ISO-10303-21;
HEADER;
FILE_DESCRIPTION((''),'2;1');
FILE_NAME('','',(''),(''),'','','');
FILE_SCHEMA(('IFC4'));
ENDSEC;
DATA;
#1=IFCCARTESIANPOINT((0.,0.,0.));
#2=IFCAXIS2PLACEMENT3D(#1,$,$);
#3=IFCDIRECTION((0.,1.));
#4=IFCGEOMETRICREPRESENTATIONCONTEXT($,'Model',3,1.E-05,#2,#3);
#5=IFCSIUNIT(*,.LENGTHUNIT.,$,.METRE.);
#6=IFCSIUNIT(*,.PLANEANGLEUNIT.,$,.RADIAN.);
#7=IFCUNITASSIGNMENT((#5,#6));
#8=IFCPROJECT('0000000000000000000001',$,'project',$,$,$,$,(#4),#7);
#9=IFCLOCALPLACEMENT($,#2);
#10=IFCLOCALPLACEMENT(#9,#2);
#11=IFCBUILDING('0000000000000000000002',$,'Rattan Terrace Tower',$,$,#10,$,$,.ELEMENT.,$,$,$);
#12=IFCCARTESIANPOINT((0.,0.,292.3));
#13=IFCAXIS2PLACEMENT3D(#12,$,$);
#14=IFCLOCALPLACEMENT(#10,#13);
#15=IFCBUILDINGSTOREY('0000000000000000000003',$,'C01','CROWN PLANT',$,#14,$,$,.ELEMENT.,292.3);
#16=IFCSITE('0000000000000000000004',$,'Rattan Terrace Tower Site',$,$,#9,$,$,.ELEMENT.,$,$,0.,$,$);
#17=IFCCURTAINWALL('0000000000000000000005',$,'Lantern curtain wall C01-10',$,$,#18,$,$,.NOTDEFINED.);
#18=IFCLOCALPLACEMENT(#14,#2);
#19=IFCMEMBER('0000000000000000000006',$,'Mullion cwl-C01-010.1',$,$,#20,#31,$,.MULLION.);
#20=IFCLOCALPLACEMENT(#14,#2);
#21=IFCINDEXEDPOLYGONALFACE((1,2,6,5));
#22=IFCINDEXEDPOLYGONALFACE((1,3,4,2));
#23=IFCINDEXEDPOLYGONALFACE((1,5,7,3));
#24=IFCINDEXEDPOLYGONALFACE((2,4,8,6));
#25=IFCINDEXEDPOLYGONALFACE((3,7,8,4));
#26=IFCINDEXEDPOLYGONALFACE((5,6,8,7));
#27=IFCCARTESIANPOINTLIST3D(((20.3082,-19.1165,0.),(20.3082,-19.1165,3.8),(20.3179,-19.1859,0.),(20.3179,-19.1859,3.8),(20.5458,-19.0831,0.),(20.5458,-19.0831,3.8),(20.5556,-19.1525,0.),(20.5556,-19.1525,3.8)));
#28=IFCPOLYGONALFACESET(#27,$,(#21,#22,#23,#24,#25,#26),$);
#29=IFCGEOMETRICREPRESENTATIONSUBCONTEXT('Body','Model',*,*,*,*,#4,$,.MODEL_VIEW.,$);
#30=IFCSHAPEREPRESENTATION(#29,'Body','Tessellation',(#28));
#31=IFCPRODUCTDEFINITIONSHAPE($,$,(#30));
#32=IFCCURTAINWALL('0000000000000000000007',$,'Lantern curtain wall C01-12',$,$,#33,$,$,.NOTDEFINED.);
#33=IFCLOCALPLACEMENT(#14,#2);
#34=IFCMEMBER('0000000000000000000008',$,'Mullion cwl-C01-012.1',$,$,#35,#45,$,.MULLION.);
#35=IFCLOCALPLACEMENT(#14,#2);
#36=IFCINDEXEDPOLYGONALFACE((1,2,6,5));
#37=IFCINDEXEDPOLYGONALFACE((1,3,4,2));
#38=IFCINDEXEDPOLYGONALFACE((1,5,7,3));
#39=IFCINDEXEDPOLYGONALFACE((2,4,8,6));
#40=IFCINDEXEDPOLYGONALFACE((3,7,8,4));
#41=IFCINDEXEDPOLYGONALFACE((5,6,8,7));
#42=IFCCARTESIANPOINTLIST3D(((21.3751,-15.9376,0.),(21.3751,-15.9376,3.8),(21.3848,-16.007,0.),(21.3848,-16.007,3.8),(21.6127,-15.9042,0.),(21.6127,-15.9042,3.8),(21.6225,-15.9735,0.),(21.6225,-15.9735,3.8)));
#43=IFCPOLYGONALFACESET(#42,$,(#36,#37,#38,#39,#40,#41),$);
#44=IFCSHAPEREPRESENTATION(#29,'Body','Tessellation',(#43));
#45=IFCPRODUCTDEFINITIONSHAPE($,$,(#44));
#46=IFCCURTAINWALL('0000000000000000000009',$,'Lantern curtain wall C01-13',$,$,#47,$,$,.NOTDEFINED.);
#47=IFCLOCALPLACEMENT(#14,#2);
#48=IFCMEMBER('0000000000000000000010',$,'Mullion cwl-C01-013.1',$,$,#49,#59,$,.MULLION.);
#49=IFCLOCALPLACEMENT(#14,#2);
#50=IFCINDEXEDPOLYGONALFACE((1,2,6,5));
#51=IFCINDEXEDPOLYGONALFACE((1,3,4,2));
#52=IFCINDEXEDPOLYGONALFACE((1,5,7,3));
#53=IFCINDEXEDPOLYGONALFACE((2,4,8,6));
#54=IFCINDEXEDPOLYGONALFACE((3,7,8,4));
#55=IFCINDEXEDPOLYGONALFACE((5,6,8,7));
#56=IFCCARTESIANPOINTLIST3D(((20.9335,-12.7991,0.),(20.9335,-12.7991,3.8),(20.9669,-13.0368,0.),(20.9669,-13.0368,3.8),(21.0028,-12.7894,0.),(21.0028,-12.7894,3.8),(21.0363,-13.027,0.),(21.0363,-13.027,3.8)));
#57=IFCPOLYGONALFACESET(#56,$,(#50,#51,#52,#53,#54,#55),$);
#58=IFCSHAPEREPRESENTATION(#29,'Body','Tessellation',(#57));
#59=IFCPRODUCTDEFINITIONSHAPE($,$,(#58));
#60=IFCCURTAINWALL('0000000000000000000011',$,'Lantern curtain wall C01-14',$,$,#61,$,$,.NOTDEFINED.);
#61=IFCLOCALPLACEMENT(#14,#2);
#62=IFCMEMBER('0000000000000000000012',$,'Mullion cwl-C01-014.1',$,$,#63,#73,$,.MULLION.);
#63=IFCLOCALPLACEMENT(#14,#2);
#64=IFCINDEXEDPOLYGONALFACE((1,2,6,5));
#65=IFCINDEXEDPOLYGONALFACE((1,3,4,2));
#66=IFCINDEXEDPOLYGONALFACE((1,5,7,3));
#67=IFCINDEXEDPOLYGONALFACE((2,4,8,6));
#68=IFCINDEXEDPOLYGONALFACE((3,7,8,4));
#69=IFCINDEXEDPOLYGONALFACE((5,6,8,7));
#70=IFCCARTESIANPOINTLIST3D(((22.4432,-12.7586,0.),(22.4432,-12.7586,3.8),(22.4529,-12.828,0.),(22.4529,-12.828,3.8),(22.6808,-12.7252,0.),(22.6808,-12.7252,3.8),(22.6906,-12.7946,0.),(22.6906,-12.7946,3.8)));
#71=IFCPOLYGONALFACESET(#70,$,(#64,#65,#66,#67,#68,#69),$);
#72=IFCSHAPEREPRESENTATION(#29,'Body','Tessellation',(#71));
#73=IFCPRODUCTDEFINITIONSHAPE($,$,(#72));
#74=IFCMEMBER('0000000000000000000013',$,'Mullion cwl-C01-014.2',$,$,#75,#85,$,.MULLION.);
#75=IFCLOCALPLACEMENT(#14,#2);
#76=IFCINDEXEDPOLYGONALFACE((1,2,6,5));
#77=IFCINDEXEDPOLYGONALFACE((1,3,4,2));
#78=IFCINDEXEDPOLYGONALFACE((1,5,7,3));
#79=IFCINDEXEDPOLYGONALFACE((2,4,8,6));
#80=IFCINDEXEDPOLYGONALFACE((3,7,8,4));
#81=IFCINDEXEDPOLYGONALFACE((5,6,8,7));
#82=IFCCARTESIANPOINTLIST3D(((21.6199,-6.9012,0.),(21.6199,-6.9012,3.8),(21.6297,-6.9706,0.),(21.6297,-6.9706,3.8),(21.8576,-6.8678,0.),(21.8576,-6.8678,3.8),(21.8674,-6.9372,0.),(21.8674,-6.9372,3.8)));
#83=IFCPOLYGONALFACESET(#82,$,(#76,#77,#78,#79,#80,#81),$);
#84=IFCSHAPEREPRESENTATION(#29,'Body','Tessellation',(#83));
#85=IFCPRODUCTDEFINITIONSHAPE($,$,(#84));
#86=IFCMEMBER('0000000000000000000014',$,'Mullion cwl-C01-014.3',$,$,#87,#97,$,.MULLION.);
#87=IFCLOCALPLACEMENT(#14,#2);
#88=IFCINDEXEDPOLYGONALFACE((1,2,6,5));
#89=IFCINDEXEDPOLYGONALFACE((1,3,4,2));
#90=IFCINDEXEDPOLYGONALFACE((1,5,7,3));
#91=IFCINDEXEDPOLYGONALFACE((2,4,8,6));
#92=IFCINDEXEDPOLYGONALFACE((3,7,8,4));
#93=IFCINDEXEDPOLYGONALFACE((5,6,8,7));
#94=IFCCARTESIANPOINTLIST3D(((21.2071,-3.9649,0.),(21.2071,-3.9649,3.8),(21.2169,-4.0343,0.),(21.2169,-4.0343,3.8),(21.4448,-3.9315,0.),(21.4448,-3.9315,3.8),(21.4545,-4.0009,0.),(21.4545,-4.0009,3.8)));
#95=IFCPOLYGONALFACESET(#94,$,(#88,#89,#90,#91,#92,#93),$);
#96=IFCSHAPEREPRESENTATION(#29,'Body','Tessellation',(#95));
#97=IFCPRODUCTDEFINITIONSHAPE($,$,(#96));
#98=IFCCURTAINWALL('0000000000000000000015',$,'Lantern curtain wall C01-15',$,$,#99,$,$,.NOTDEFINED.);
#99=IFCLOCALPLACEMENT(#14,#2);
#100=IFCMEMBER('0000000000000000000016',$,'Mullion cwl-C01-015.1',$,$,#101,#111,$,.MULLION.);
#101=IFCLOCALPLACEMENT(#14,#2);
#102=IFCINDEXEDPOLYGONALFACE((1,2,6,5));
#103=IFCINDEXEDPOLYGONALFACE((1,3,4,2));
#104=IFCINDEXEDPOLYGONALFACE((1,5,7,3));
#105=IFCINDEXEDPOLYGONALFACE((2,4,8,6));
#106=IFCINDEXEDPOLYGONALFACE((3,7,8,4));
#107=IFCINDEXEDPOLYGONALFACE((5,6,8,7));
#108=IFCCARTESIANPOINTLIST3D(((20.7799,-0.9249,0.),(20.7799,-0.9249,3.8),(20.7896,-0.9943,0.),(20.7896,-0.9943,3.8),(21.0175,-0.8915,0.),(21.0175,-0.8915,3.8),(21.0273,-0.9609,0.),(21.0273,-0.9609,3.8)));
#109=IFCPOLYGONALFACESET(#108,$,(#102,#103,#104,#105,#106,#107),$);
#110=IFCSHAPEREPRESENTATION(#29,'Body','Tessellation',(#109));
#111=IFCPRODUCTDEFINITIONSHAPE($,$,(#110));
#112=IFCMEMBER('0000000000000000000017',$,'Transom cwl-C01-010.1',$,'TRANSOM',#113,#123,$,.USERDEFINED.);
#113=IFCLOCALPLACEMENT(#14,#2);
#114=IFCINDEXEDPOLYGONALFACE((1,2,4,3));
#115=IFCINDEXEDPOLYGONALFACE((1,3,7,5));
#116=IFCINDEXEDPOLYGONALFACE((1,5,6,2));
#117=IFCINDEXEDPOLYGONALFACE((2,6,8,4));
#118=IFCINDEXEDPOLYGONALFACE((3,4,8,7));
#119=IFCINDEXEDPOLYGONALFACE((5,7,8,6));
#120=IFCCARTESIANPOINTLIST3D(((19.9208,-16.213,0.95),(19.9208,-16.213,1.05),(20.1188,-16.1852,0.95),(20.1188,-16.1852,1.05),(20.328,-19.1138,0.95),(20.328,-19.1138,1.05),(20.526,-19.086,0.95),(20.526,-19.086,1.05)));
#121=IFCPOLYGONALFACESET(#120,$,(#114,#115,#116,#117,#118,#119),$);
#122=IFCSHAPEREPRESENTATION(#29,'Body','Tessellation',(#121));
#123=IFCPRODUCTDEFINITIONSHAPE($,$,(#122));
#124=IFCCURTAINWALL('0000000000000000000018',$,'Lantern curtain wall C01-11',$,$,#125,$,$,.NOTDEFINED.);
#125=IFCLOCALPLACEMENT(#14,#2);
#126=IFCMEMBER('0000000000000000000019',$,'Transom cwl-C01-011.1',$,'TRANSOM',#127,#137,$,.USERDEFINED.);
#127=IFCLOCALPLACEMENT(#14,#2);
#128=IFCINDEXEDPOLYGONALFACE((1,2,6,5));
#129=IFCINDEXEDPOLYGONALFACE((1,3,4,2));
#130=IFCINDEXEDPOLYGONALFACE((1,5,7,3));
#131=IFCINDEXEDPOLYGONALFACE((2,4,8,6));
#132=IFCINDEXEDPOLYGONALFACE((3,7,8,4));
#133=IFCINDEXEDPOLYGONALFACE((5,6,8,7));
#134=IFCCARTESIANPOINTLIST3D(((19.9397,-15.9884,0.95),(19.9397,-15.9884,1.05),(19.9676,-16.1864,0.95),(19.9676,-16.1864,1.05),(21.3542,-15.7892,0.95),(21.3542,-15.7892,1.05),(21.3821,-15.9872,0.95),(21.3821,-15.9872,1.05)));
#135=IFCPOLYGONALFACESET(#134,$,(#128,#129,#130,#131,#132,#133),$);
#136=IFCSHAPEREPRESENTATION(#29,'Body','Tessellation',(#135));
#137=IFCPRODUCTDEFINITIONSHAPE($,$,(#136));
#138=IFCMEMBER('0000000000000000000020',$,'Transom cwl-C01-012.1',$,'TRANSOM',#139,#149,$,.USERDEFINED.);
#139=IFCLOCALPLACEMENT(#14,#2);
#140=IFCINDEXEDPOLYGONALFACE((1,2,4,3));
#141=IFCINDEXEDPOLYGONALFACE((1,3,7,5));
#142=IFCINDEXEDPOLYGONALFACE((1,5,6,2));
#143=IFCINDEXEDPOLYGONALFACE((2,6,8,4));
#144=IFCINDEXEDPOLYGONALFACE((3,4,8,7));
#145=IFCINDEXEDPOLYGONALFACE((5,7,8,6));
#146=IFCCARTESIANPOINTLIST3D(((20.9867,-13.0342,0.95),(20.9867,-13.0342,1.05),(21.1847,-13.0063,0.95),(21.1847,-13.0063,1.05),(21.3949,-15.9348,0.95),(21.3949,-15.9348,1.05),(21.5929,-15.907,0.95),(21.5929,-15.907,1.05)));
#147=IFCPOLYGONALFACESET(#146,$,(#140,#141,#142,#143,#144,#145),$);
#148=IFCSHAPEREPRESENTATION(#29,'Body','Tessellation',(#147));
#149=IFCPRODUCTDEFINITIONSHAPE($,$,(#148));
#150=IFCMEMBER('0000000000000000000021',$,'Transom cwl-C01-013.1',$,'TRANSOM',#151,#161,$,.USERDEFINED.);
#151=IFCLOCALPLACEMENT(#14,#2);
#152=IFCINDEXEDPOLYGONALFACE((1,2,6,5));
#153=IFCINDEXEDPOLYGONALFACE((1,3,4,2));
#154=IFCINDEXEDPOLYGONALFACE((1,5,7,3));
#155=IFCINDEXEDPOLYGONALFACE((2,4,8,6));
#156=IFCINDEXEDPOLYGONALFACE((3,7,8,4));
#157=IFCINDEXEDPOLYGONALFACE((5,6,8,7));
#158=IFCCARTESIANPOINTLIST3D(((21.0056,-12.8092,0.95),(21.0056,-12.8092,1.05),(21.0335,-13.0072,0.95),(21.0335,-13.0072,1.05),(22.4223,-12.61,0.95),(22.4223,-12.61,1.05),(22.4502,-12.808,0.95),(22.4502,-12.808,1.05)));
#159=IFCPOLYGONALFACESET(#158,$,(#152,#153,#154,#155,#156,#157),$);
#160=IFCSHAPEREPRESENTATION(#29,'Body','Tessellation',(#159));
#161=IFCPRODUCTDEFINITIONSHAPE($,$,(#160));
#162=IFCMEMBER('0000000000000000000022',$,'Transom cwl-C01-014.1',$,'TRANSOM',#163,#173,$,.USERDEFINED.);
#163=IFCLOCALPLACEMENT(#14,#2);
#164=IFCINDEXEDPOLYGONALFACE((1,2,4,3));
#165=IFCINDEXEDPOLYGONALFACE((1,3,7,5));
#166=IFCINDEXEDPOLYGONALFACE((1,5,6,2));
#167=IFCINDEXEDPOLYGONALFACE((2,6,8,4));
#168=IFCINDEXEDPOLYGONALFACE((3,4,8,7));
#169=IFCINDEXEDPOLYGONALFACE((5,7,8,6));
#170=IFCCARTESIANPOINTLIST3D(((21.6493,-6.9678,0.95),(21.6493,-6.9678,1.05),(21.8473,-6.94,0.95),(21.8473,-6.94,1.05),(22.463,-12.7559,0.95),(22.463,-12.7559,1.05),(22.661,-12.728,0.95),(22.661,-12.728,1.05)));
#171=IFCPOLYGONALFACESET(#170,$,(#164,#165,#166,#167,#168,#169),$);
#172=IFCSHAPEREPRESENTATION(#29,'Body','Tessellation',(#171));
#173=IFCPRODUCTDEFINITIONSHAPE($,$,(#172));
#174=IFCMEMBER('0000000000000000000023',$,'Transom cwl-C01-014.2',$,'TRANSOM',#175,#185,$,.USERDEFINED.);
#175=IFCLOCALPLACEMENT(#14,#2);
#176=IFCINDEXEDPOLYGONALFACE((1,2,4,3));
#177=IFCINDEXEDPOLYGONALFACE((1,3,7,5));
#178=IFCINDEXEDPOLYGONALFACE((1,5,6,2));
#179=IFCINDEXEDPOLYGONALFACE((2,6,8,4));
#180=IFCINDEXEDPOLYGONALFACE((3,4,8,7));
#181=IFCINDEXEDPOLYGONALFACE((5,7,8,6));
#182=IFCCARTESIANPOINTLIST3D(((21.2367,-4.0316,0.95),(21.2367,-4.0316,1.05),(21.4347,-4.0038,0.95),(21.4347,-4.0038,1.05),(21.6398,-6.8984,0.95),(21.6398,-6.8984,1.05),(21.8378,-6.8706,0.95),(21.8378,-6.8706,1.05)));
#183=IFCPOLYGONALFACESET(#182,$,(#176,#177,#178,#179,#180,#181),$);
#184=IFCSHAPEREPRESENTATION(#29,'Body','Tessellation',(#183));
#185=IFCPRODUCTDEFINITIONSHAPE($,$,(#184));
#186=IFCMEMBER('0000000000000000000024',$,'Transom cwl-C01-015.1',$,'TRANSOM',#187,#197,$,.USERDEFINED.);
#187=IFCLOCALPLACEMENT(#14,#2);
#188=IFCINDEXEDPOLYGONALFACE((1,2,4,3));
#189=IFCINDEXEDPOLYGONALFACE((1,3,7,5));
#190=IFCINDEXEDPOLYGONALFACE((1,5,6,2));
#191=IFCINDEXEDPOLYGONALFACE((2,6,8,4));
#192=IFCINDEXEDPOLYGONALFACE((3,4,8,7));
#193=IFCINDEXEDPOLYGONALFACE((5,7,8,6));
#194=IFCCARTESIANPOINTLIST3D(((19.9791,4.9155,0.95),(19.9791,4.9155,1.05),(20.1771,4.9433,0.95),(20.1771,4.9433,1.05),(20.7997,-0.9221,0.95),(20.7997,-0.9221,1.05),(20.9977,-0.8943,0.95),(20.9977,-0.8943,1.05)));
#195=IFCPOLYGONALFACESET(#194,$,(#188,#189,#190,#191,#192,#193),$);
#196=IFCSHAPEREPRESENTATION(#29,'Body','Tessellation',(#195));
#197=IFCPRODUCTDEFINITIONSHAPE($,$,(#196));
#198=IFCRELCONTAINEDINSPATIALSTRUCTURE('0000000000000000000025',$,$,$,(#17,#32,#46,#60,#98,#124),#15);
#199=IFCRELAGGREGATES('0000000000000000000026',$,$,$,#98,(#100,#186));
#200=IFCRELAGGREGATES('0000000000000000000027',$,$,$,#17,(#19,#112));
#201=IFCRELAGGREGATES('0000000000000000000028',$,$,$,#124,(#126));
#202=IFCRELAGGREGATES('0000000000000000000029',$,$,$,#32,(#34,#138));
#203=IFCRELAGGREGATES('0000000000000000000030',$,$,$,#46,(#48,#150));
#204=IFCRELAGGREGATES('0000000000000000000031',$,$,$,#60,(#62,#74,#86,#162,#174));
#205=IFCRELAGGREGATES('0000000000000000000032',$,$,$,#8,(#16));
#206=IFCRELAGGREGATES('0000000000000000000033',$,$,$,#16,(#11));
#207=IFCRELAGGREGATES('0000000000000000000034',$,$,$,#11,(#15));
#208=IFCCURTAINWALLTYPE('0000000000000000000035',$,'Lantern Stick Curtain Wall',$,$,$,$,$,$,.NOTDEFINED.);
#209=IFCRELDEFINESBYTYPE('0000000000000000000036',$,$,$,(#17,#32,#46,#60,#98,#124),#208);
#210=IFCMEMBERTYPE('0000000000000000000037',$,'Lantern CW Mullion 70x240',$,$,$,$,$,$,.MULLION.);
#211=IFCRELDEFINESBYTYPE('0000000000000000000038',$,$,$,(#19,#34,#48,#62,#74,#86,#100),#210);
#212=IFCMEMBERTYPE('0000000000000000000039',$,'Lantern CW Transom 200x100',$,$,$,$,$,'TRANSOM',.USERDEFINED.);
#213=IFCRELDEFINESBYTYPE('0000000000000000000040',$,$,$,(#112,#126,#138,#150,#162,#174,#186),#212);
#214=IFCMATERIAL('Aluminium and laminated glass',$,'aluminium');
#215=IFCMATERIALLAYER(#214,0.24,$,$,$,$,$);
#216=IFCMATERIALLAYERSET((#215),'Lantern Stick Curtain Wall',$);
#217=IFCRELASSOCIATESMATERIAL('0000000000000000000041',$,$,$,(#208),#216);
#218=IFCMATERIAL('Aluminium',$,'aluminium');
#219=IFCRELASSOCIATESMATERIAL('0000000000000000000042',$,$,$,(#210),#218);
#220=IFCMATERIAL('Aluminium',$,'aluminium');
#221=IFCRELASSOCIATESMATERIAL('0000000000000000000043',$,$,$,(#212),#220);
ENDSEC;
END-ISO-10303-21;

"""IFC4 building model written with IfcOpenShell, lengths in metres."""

from ifc_helpers import new_model, si_unit, direction, frame, origin, origin_2d, place, context, subcontext, project, spatial, rectangle, extrude, material, layer, layer_set, material_profile, profile_set, type_object, element, aggregate, save


model = new_model("IFC4")

# Units and contexts
model_context = context("Model", 3, precision=1e-05, world=origin(), true_north=direction((0.0, 1.0)))
body_context = subcontext(model_context, "Body", "Model", "MODEL_VIEW")
ifc_project = project(units=[si_unit("LENGTHUNIT", "METRE"), si_unit("PLANEANGLEUNIT", "RADIAN")], contexts=[model_context])

# Site, building, storey
site_placement = place(None, origin())
site = spatial("IfcSite", under=ifc_project, at=site_placement, Name="Rattan Terrace Tower Site", CompositionType="ELEMENT", RefElevation=0.0)
building_placement = place(site_placement, origin())
building = spatial("IfcBuilding", under=site, at=building_placement, Name="Rattan Terrace Tower", CompositionType="ELEMENT")
storey_placement = place(building_placement, frame((0.0, 0.0, 292.3)))
storey = spatial("IfcBuildingStorey", under=building, at=storey_placement, Name="C01", Description="CROWN PLANT", CompositionType="ELEMENT", Elevation=292.3)

# Curtain walls, members
ifc_material_1 = material(Name="Aluminium and laminated glass", Category="aluminium")
ifc_layer_1 = layer(ifc_material_1, 0.24)
ifc_layer_set_1 = layer_set([ifc_layer_1], Name="Lantern Stick Curtain Wall")
curtain_wall_type = type_object("IfcCurtainWallType", Name="Lantern Stick Curtain Wall", PredefinedType="NOTDEFINED", material=ifc_layer_set_1)
curtain_wall_1_placement = place(storey_placement, origin())
curtain_wall_1 = element("IfcCurtainWall", 1, at=curtain_wall_1_placement, inside=storey, type_object=curtain_wall_type, Name="Lantern curtain wall C01-10", PredefinedType="NOTDEFINED")
ifc_material_2 = material(Name="Aluminium", Category="aluminium")
ifc_material_profile_1 = material_profile(ifc_material_2, rectangle(XDim=0.0701, YDim=0.24, at=origin_2d()), Name="Aluminium 70x240")
ifc_profile_set_1 = profile_set([ifc_material_profile_1], Name="Aluminium")
member_type_1 = type_object("IfcMemberType", Name="Lantern CW Mullion 70x240", PredefinedType="MULLION", material=ifc_profile_set_1)
member_1_placement = place(storey_placement, frame((20.4319, -19.1345, 0.0), z_axis=(0.0, 0.0, 1.0), x_axis=(-0.13904, 0.990287, 0.0)))
member_1 = element("IfcMember", 2, at=member_1_placement, type_object=member_type_1, Name="Mullion cwl-C01-010.1", PredefinedType="MULLION", context=body_context, shape_type="SweptSolid", body=[
    extrude(rectangle(XDim=0.0701, YDim=0.24, at=origin_2d()), origin(), (0.0, 0.0, 1.0), 3.8),
])
curtain_wall_2_placement = place(storey_placement, origin())
curtain_wall_2 = element("IfcCurtainWall", 3, at=curtain_wall_2_placement, inside=storey, type_object=curtain_wall_type, Name="Lantern curtain wall C01-12", PredefinedType="NOTDEFINED")
member_2_placement = place(storey_placement, frame((21.4988, -15.9556, 0.0), z_axis=(0.0, 0.0, 1.0), x_axis=(-0.139367, 0.990241, 0.0)))
member_2 = element("IfcMember", 4, at=member_2_placement, type_object=member_type_1, Name="Mullion cwl-C01-012.1", PredefinedType="MULLION", context=body_context, shape_type="SweptSolid", body=[
    extrude(rectangle(XDim=0.0701, YDim=0.24, at=origin_2d()), origin(), (0.0, 0.0, 1.0), 3.8),
])
curtain_wall_3_placement = place(storey_placement, origin())
curtain_wall_3 = element("IfcCurtainWall", 5, at=curtain_wall_3_placement, inside=storey, type_object=curtain_wall_type, Name="Lantern curtain wall C01-13", PredefinedType="NOTDEFINED")
member_3_placement = place(storey_placement, frame((20.9849, -12.9131, 0.0), z_axis=(0.0, 0.0, 1.0), x_axis=(0.990254, 0.139275, 0.0)))
member_3 = element("IfcMember", 6, at=member_3_placement, type_object=member_type_1, Name="Mullion cwl-C01-013.1", PredefinedType="MULLION", context=body_context, shape_type="SweptSolid", body=[
    extrude(rectangle(XDim=0.0701, YDim=0.24, at=origin_2d()), origin(), (0.0, 0.0, 1.0), 3.8),
])

# Curtain wall, members
curtain_wall_4_placement = place(storey_placement, origin())
curtain_wall_4 = element("IfcCurtainWall", 7, at=curtain_wall_4_placement, inside=storey, type_object=curtain_wall_type, Name="Lantern curtain wall C01-14", PredefinedType="NOTDEFINED")
member_4_placement = place(storey_placement, frame((22.5669, -12.7766, 0.0), z_axis=(0.0, 0.0, 1.0), x_axis=(-0.139188, 0.990266, 0.0)))
member_4 = element("IfcMember", 8, at=member_4_placement, type_object=member_type_1, Name="Mullion cwl-C01-014.1", PredefinedType="MULLION", context=body_context, shape_type="SweptSolid", body=[
    extrude(rectangle(XDim=0.0701, YDim=0.24, at=origin_2d()), origin(), (0.0, 0.0, 1.0), 3.8),
])
member_5_placement = place(storey_placement, frame((21.7437, -6.9192, 0.0), z_axis=(0.0, 0.0, 1.0), x_axis=(-0.139188, 0.990266, 0.0)))
member_5 = element("IfcMember", 9, at=member_5_placement, type_object=member_type_1, Name="Mullion cwl-C01-014.2", PredefinedType="MULLION", context=body_context, shape_type="SweptSolid", body=[
    extrude(rectangle(XDim=0.0701, YDim=0.24, at=origin_2d()), origin(), (0.0, 0.0, 1.0), 3.8),
])
member_6_placement = place(storey_placement, frame((21.3308, -3.9829, 0.0), z_axis=(0.0, 0.0, 1.0), x_axis=(-0.139188, 0.990266, 0.0)))
member_6 = element("IfcMember", 10, at=member_6_placement, type_object=member_type_1, Name="Mullion cwl-C01-014.3", PredefinedType="MULLION", context=body_context, shape_type="SweptSolid", body=[
    extrude(rectangle(XDim=0.0701, YDim=0.24, at=origin_2d()), origin(), (0.0, 0.0, 1.0), 3.8),
])

# Curtain wall, member
curtain_wall_5_placement = place(storey_placement, origin())
curtain_wall_5 = element("IfcCurtainWall", 11, at=curtain_wall_5_placement, inside=storey, type_object=curtain_wall_type, Name="Lantern curtain wall C01-15", PredefinedType="NOTDEFINED")
member_7_placement = place(storey_placement, frame((20.9036, -0.9429, 0.0), z_axis=(0.0, 0.0, 1.0), x_axis=(-0.139188, 0.990266, 0.0)))
member_7 = element("IfcMember", 12, at=member_7_placement, type_object=member_type_1, Name="Mullion cwl-C01-015.1", PredefinedType="MULLION", context=body_context, shape_type="SweptSolid", body=[
    extrude(rectangle(XDim=0.0701, YDim=0.24, at=origin_2d()), origin(), (0.0, 0.0, 1.0), 3.8),
])

# Member
ifc_material_3 = material(Name="Aluminium", Category="aluminium")
ifc_material_profile_2 = material_profile(ifc_material_3, rectangle(XDim=0.2, YDim=0.1001, at=origin_2d()), Name="Aluminium 200x100")
ifc_profile_set_2 = profile_set([ifc_material_profile_2], Name="Aluminium")
member_type_2 = type_object("IfcMemberType", Name="Lantern CW Transom 200x100", ElementType="TRANSOM", PredefinedType="USERDEFINED", material=ifc_profile_set_2)
member_8_placement = place(storey_placement, frame((20.427, -19.0999, 1.0), z_axis=(-0.139029, 0.990288, 0.0), x_axis=(-0.990288, -0.139029, 0.0)))
member_8 = element("IfcMember", 13, at=member_8_placement, type_object=member_type_2, Name="Transom cwl-C01-010.1", ObjectType="TRANSOM", PredefinedType="USERDEFINED", context=body_context, shape_type="SweptSolid", body=[
    extrude(rectangle(XDim=0.2, YDim=0.1001, at=origin_2d()), origin(), (0.0, 0.0, 1.0), 2.9292),
])

# Curtain wall, member
curtain_wall_6_placement = place(storey_placement, origin())
curtain_wall_6 = element("IfcCurtainWall", 14, at=curtain_wall_6_placement, inside=storey, type_object=curtain_wall_type, Name="Lantern curtain wall C01-11", PredefinedType="NOTDEFINED")
member_9_placement = place(storey_placement, frame((19.9536, -16.0874, 1.0), z_axis=(0.990228, 0.139459, 0.0), x_axis=(-0.139459, 0.990228, 0.0)))
member_9 = element("IfcMember", 15, at=member_9_placement, type_object=member_type_2, Name="Transom cwl-C01-011.1", ObjectType="TRANSOM", PredefinedType="USERDEFINED", context=body_context, shape_type="SweptSolid", body=[
    extrude(rectangle(XDim=0.2, YDim=0.1001, at=origin_2d()), origin(), (0.0, 0.0, 1.0), 1.4285),
])

# Members
member_10_placement = place(storey_placement, frame((21.4939, -15.9209, 1.0), z_axis=(-0.139356, 0.990242, 0.0), x_axis=(-0.990242, -0.139356, 0.0)))
member_10 = element("IfcMember", 16, at=member_10_placement, type_object=member_type_2, Name="Transom cwl-C01-012.1", ObjectType="TRANSOM", PredefinedType="USERDEFINED", context=body_context, shape_type="SweptSolid", body=[
    extrude(rectangle(XDim=0.2, YDim=0.1001, at=origin_2d()), origin(), (0.0, 0.0, 1.0), 2.9292),
])
member_11_placement = place(storey_placement, frame((21.0195, -12.9082, 1.0), z_axis=(0.990258, 0.139247, 0.0), x_axis=(-0.139247, 0.990258, 0.0)))
member_11 = element("IfcMember", 17, at=member_11_placement, type_object=member_type_2, Name="Transom cwl-C01-013.1", ObjectType="TRANSOM", PredefinedType="USERDEFINED", context=body_context, shape_type="SweptSolid", body=[
    extrude(rectangle(XDim=0.2, YDim=0.1001, at=origin_2d()), origin(), (0.0, 0.0, 1.0), 1.4307),
])
member_12_placement = place(storey_placement, frame((22.562, -12.7419, 1.0), z_axis=(-0.139216, 0.990262, 0.0), x_axis=(-0.990262, -0.139216, 0.0)))
member_12 = element("IfcMember", 18, at=member_12_placement, type_object=member_type_2, Name="Transom cwl-C01-014.1", ObjectType="TRANSOM", PredefinedType="USERDEFINED", context=body_context, shape_type="SweptSolid", body=[
    extrude(rectangle(XDim=0.2, YDim=0.1001, at=origin_2d()), origin(), (0.0, 0.0, 1.0), 5.845),
])
member_13_placement = place(storey_placement, frame((21.7388, -6.8845, 1.0), z_axis=(-0.139225, 0.990261, 0.0), x_axis=(-0.990261, -0.139225, 0.0)))
member_13 = element("IfcMember", 19, at=member_13_placement, type_object=member_type_2, Name="Transom cwl-C01-014.2", ObjectType="TRANSOM", PredefinedType="USERDEFINED", context=body_context, shape_type="SweptSolid", body=[
    extrude(rectangle(XDim=0.2, YDim=0.1001, at=origin_2d()), origin(), (0.0, 0.0, 1.0), 2.895),
])
member_14_placement = place(storey_placement, frame((20.8987, -0.9082, 1.0), z_axis=(-0.139195, 0.990265, 0.0), x_axis=(-0.990265, -0.139195, 0.0)))
member_14 = element("IfcMember", 20, at=member_14_placement, type_object=member_type_2, Name="Transom cwl-C01-015.1", ObjectType="TRANSOM", PredefinedType="USERDEFINED", context=body_context, shape_type="SweptSolid", body=[
    extrude(rectangle(XDim=0.2, YDim=0.1001, at=origin_2d()), origin(), (0.0, 0.0, 1.0), 5.895),
])
aggregate(curtain_wall_5, [member_7, member_14])

aggregate(curtain_wall_1, [member_1, member_8])
aggregate(curtain_wall_6, [member_9])
aggregate(curtain_wall_2, [member_2, member_10])
aggregate(curtain_wall_3, [member_3, member_11])
aggregate(curtain_wall_4, [member_4, member_5, member_6, member_12, member_13])

save(model, "model.ifc")
